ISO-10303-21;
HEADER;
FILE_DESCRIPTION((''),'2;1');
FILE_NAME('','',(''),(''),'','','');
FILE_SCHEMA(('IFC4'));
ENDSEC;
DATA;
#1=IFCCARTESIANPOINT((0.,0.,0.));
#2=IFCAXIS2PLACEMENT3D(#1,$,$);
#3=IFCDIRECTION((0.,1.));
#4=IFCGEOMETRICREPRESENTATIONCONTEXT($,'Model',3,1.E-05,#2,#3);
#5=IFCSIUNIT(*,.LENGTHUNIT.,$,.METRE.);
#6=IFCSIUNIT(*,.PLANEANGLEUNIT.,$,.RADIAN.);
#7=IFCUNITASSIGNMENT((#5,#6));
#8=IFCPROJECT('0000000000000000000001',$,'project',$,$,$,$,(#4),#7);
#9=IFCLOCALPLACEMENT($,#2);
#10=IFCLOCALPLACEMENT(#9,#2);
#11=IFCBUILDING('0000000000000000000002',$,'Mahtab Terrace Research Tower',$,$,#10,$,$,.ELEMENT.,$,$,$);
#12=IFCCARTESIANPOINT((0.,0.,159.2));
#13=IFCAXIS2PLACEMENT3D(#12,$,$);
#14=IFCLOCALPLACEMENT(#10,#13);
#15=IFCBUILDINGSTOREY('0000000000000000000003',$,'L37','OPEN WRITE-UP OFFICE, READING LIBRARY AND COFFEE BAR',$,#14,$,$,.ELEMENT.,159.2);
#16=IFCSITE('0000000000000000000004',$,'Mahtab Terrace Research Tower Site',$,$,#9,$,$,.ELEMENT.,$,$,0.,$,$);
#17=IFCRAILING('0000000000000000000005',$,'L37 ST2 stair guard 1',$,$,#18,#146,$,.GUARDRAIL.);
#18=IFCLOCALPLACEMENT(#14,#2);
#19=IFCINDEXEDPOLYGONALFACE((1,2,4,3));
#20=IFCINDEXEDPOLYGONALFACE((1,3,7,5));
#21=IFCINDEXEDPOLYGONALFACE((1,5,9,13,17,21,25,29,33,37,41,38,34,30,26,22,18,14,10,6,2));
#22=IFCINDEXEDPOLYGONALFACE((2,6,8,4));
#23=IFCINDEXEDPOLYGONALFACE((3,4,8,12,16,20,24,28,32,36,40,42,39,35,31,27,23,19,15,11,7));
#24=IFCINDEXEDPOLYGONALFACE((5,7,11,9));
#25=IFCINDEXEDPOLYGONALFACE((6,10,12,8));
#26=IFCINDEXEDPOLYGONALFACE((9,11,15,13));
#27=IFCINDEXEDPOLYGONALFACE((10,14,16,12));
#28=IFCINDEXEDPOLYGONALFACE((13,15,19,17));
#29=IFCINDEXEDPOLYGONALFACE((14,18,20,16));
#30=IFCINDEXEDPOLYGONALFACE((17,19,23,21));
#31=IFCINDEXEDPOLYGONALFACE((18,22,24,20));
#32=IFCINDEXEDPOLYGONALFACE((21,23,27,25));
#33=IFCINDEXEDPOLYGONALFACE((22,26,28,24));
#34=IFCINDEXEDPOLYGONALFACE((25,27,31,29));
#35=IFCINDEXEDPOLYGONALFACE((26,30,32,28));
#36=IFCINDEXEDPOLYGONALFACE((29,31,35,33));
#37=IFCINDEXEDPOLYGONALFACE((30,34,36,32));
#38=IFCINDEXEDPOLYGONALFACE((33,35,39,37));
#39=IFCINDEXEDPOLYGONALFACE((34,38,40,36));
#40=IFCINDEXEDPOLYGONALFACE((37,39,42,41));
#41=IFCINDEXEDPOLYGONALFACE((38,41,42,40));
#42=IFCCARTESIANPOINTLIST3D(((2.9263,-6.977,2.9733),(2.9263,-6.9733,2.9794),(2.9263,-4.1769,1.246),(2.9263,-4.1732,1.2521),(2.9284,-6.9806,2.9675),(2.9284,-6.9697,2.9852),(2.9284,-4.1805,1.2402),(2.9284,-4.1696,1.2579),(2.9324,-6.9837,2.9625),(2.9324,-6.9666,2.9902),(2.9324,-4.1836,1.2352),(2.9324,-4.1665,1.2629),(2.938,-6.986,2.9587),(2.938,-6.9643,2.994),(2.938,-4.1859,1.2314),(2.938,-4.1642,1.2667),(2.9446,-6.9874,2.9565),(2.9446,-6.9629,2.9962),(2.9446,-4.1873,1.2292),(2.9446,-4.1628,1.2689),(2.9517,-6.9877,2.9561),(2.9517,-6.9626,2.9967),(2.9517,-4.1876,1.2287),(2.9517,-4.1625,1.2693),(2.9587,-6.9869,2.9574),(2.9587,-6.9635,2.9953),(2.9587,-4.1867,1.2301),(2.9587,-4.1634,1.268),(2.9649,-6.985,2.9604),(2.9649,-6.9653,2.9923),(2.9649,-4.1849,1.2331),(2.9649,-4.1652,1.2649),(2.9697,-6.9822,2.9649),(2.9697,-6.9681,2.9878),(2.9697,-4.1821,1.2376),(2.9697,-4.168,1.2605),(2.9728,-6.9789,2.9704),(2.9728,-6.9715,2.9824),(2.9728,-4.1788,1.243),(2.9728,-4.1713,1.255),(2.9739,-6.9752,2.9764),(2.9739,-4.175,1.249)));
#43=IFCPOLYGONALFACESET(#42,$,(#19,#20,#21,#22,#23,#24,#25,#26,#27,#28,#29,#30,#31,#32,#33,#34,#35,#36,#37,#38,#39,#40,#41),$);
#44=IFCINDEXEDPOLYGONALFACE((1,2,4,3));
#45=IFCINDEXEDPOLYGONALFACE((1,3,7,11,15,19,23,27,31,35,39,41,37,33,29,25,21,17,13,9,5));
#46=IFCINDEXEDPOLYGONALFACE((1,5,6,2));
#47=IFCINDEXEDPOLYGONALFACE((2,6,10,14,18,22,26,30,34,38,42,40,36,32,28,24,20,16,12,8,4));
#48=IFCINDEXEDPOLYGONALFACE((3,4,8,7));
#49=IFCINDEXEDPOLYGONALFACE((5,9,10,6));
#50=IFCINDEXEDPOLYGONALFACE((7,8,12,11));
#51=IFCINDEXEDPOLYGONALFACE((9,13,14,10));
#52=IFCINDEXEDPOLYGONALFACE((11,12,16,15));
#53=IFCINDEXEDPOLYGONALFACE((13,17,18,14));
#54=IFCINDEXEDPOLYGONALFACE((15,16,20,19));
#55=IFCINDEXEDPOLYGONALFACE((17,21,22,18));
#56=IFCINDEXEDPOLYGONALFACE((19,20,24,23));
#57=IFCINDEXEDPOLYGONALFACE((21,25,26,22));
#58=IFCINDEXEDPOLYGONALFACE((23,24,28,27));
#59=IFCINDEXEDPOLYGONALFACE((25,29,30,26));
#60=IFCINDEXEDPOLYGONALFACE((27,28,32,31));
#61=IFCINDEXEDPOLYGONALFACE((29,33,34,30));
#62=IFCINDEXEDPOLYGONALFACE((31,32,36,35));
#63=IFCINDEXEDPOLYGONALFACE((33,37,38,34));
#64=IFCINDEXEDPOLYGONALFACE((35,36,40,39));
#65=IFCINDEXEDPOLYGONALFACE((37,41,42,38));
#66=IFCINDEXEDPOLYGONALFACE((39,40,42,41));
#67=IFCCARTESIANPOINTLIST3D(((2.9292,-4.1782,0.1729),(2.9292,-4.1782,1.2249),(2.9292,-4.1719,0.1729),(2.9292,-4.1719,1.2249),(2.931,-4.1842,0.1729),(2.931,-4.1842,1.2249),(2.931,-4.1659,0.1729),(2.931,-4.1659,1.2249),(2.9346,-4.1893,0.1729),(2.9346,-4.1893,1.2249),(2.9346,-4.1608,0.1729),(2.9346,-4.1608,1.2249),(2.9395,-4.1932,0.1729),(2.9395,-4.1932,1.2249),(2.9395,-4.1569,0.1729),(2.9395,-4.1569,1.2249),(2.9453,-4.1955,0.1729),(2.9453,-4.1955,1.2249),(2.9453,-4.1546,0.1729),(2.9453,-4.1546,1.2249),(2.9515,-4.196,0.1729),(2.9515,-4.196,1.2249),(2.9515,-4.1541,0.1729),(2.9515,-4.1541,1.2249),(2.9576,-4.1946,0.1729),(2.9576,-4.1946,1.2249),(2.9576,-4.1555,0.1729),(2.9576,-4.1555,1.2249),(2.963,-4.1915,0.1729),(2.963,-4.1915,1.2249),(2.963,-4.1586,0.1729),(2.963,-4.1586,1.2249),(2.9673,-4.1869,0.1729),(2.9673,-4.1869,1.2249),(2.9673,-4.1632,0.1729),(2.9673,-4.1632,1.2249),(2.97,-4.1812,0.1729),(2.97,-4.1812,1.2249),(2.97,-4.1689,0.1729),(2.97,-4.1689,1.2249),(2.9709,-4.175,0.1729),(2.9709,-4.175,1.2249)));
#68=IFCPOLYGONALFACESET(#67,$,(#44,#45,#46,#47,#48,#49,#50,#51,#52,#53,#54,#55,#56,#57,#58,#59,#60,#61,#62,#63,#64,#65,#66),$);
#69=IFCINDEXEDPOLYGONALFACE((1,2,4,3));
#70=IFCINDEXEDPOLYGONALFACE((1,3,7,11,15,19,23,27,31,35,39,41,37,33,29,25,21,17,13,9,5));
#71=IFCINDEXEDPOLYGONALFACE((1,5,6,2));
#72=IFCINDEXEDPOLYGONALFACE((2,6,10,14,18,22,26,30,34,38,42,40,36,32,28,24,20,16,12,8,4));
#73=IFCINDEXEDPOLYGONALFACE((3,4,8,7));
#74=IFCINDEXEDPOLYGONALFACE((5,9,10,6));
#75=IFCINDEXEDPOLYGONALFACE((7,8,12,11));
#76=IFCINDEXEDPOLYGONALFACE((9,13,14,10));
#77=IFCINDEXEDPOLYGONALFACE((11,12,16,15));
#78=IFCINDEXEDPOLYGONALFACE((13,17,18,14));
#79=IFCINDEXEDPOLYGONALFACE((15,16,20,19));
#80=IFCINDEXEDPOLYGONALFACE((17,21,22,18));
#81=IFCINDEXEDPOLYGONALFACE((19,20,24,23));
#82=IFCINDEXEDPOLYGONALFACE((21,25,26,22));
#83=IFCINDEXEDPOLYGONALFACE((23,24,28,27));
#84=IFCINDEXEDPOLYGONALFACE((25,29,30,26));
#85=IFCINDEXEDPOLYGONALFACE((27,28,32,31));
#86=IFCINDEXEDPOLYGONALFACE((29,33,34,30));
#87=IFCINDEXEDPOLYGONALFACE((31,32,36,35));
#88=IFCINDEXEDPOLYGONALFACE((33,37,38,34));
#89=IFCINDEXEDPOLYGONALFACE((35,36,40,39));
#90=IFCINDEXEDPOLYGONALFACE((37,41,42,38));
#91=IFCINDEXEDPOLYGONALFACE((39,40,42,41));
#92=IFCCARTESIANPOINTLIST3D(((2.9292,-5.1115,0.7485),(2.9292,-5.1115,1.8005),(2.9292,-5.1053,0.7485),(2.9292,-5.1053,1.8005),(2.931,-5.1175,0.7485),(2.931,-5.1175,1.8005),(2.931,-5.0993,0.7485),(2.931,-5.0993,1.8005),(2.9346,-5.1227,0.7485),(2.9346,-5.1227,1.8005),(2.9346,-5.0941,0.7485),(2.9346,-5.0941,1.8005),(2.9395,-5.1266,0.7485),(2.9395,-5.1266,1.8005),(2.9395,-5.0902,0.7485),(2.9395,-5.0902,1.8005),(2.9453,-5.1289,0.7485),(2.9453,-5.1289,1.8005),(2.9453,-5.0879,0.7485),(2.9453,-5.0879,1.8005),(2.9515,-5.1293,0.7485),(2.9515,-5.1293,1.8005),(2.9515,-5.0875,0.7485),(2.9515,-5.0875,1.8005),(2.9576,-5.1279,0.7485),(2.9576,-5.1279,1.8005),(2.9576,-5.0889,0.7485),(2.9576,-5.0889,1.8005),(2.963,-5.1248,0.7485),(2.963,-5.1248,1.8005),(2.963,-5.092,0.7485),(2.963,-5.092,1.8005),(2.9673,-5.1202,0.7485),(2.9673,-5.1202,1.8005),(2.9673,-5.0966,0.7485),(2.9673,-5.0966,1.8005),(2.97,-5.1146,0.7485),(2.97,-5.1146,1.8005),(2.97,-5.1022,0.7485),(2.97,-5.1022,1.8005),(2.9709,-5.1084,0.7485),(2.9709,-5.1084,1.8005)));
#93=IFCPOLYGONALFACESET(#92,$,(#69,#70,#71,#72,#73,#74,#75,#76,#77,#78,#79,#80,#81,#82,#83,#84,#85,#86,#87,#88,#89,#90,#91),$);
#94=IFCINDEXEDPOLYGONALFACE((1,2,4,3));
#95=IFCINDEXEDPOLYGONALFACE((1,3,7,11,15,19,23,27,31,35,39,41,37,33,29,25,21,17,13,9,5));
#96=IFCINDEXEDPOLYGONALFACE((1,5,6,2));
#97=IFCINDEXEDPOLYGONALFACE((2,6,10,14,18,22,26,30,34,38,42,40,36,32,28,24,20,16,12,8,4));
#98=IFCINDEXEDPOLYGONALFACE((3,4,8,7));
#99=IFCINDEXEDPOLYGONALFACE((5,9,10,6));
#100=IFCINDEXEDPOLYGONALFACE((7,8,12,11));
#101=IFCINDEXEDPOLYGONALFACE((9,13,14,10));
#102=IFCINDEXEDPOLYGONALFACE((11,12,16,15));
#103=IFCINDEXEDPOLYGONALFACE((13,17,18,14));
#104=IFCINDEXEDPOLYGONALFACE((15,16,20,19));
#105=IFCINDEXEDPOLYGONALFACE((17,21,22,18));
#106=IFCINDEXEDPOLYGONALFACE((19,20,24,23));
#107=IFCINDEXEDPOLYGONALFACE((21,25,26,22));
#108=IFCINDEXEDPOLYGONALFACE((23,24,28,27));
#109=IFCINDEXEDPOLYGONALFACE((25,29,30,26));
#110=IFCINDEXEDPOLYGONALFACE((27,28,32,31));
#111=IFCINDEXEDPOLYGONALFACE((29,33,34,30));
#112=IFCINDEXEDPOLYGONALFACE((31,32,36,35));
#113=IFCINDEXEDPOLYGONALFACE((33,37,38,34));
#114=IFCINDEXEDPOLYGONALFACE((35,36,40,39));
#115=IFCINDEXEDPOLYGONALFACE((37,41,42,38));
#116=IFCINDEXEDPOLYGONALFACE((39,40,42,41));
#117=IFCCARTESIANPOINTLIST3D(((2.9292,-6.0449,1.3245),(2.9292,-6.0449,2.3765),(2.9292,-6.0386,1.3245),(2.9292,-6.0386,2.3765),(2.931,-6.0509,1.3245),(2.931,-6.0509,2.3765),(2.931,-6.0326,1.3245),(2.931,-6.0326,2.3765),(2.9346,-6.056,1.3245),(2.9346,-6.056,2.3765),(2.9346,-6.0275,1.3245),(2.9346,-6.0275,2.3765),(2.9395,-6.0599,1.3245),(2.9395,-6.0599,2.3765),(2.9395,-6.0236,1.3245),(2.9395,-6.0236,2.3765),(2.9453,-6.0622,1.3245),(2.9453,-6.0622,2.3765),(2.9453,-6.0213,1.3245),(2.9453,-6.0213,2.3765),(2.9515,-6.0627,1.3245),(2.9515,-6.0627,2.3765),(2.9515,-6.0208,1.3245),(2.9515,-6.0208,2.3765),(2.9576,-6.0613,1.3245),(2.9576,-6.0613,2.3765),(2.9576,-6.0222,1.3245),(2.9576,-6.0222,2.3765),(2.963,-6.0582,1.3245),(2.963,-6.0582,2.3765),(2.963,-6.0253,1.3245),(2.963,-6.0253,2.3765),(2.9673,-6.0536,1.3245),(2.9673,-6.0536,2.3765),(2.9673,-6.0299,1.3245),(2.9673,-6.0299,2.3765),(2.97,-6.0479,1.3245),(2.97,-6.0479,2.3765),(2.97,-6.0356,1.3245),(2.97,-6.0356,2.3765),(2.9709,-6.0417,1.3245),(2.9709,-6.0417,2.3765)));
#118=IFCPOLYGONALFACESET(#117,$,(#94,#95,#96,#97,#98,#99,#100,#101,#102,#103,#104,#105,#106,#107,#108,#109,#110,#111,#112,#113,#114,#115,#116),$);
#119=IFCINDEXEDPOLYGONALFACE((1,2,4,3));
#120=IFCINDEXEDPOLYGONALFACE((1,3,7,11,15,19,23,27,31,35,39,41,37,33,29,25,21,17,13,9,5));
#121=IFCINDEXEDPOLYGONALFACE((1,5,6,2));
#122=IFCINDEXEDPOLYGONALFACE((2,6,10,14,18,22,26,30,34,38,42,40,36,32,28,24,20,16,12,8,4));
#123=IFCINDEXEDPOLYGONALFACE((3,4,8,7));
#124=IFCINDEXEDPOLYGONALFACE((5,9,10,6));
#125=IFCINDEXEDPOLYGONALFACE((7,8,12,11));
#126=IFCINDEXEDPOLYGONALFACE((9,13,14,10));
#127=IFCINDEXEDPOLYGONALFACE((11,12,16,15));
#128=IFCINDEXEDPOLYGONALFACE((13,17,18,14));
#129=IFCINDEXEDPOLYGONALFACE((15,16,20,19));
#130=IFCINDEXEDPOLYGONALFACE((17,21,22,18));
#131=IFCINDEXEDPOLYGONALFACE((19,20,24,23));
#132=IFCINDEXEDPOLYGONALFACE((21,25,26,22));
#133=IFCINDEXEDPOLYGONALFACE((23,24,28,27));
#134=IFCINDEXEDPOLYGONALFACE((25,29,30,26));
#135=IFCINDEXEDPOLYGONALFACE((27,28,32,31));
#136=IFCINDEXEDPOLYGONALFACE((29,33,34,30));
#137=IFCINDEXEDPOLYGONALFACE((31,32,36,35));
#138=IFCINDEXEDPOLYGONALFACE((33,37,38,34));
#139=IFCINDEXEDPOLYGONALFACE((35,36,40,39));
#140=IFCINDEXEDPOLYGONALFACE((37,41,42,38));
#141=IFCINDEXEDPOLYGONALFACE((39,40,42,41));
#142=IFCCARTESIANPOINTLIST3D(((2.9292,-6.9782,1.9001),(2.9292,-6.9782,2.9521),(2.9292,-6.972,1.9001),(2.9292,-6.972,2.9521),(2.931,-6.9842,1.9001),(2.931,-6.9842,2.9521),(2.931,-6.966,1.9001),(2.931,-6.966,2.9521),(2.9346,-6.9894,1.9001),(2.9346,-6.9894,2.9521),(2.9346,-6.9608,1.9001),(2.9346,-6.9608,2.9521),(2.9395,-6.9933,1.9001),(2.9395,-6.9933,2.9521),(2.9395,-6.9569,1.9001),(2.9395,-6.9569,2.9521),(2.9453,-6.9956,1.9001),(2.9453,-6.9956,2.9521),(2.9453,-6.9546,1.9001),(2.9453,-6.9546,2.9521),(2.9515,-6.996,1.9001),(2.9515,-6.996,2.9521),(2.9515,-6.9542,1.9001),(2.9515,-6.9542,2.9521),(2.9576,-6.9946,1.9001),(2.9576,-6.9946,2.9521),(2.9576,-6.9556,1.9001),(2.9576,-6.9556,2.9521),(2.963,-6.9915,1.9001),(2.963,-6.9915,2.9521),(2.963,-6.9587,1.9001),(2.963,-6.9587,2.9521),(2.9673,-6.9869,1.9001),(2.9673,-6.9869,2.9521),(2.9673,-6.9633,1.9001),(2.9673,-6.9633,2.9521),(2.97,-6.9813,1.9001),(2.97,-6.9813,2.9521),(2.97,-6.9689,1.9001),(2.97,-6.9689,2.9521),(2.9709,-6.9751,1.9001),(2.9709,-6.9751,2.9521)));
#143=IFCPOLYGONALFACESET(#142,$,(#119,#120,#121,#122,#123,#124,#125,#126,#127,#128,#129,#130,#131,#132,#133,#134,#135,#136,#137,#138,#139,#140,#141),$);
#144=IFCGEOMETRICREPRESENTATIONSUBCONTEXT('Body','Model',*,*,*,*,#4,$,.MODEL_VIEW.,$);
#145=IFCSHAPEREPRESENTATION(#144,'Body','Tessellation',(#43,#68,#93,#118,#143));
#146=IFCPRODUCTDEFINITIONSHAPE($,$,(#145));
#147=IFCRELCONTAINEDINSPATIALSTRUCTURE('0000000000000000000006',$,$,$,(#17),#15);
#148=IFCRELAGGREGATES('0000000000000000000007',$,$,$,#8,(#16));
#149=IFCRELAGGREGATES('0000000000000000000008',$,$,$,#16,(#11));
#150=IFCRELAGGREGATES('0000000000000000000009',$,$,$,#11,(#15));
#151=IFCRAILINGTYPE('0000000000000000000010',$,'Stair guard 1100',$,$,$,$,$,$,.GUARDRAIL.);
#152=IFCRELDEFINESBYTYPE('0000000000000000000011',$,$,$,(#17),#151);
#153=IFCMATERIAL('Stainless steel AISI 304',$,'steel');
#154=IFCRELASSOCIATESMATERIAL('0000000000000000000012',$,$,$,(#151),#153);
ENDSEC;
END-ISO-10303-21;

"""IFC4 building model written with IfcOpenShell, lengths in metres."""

from ifc_helpers import new_model, si_unit, direction, frame, origin, origin_2d, place, context, subcontext, project, spatial, circle, extrude, material, type_object, element, save


model = new_model("IFC4")

# Units and contexts
model_context = context("Model", 3, precision=1e-05, world=origin(), true_north=direction((0.0, 1.0)))
body_context = subcontext(model_context, "Body", "Model", "MODEL_VIEW")
ifc_project = project(units=[si_unit("LENGTHUNIT", "METRE"), si_unit("PLANEANGLEUNIT", "RADIAN")], contexts=[model_context])

# Site, building, storey
site_placement = place(None, origin())
site = spatial("IfcSite", under=ifc_project, at=site_placement, Name="Mahtab Terrace Research Tower Site", CompositionType="ELEMENT", RefElevation=0.0)
building_placement = place(site_placement, origin())
building = spatial("IfcBuilding", under=site, at=building_placement, Name="Mahtab Terrace Research Tower", CompositionType="ELEMENT")
storey_placement = place(building_placement, frame((0.0, 0.0, 159.2)))
storey = spatial("IfcBuildingStorey", under=building, at=storey_placement, Name="L37", Description="OPEN WRITE-UP OFFICE, READING LIBRARY AND COFFEE BAR", CompositionType="ELEMENT", Elevation=159.2)

# Railing
ifc_material_1 = material(Name="Stainless steel AISI 304", Category="steel")
railing_type_1 = type_object("IfcRailingType", Name="Stair guard 1100", PredefinedType="GUARDRAIL", material=ifc_material_1)
railing_1_placement = place(storey_placement, frame((2.95, -4.175, 0.1729)))
element("IfcRailing", 1, at=railing_1_placement, inside=storey, type_object=railing_type_1, Name="L37 ST2 stair guard 1", PredefinedType="GUARDRAIL", context=body_context, shape_type="SweptSolid", body=[
    extrude(circle(Radius=0.0239, at=origin_2d()), frame((0.0, 0.0, 1.0762), z_axis=(0.0, -0.85109, 0.52502), x_axis=(1.0, 0.0, 0.0)), (0.0, 0.0, 1.0), 3.29),
    extrude(circle(Radius=0.021, at=origin_2d()), origin(), (0.0, 0.0, 1.0), 1.052),
    extrude(circle(Radius=0.021, at=origin_2d()), frame((0.0, -0.9333, 0.5757)), (0.0, 0.0, 1.0), 1.052),
    extrude(circle(Radius=0.021, at=origin_2d()), frame((0.0, -1.8667, 1.1516)), (0.0, 0.0, 1.0), 1.052),
    extrude(circle(Radius=0.021, at=origin_2d()), frame((0.0, -2.8, 1.7273)), (0.0, 0.0, 1.0), 1.052),
])

save(model, "model.ifc")
